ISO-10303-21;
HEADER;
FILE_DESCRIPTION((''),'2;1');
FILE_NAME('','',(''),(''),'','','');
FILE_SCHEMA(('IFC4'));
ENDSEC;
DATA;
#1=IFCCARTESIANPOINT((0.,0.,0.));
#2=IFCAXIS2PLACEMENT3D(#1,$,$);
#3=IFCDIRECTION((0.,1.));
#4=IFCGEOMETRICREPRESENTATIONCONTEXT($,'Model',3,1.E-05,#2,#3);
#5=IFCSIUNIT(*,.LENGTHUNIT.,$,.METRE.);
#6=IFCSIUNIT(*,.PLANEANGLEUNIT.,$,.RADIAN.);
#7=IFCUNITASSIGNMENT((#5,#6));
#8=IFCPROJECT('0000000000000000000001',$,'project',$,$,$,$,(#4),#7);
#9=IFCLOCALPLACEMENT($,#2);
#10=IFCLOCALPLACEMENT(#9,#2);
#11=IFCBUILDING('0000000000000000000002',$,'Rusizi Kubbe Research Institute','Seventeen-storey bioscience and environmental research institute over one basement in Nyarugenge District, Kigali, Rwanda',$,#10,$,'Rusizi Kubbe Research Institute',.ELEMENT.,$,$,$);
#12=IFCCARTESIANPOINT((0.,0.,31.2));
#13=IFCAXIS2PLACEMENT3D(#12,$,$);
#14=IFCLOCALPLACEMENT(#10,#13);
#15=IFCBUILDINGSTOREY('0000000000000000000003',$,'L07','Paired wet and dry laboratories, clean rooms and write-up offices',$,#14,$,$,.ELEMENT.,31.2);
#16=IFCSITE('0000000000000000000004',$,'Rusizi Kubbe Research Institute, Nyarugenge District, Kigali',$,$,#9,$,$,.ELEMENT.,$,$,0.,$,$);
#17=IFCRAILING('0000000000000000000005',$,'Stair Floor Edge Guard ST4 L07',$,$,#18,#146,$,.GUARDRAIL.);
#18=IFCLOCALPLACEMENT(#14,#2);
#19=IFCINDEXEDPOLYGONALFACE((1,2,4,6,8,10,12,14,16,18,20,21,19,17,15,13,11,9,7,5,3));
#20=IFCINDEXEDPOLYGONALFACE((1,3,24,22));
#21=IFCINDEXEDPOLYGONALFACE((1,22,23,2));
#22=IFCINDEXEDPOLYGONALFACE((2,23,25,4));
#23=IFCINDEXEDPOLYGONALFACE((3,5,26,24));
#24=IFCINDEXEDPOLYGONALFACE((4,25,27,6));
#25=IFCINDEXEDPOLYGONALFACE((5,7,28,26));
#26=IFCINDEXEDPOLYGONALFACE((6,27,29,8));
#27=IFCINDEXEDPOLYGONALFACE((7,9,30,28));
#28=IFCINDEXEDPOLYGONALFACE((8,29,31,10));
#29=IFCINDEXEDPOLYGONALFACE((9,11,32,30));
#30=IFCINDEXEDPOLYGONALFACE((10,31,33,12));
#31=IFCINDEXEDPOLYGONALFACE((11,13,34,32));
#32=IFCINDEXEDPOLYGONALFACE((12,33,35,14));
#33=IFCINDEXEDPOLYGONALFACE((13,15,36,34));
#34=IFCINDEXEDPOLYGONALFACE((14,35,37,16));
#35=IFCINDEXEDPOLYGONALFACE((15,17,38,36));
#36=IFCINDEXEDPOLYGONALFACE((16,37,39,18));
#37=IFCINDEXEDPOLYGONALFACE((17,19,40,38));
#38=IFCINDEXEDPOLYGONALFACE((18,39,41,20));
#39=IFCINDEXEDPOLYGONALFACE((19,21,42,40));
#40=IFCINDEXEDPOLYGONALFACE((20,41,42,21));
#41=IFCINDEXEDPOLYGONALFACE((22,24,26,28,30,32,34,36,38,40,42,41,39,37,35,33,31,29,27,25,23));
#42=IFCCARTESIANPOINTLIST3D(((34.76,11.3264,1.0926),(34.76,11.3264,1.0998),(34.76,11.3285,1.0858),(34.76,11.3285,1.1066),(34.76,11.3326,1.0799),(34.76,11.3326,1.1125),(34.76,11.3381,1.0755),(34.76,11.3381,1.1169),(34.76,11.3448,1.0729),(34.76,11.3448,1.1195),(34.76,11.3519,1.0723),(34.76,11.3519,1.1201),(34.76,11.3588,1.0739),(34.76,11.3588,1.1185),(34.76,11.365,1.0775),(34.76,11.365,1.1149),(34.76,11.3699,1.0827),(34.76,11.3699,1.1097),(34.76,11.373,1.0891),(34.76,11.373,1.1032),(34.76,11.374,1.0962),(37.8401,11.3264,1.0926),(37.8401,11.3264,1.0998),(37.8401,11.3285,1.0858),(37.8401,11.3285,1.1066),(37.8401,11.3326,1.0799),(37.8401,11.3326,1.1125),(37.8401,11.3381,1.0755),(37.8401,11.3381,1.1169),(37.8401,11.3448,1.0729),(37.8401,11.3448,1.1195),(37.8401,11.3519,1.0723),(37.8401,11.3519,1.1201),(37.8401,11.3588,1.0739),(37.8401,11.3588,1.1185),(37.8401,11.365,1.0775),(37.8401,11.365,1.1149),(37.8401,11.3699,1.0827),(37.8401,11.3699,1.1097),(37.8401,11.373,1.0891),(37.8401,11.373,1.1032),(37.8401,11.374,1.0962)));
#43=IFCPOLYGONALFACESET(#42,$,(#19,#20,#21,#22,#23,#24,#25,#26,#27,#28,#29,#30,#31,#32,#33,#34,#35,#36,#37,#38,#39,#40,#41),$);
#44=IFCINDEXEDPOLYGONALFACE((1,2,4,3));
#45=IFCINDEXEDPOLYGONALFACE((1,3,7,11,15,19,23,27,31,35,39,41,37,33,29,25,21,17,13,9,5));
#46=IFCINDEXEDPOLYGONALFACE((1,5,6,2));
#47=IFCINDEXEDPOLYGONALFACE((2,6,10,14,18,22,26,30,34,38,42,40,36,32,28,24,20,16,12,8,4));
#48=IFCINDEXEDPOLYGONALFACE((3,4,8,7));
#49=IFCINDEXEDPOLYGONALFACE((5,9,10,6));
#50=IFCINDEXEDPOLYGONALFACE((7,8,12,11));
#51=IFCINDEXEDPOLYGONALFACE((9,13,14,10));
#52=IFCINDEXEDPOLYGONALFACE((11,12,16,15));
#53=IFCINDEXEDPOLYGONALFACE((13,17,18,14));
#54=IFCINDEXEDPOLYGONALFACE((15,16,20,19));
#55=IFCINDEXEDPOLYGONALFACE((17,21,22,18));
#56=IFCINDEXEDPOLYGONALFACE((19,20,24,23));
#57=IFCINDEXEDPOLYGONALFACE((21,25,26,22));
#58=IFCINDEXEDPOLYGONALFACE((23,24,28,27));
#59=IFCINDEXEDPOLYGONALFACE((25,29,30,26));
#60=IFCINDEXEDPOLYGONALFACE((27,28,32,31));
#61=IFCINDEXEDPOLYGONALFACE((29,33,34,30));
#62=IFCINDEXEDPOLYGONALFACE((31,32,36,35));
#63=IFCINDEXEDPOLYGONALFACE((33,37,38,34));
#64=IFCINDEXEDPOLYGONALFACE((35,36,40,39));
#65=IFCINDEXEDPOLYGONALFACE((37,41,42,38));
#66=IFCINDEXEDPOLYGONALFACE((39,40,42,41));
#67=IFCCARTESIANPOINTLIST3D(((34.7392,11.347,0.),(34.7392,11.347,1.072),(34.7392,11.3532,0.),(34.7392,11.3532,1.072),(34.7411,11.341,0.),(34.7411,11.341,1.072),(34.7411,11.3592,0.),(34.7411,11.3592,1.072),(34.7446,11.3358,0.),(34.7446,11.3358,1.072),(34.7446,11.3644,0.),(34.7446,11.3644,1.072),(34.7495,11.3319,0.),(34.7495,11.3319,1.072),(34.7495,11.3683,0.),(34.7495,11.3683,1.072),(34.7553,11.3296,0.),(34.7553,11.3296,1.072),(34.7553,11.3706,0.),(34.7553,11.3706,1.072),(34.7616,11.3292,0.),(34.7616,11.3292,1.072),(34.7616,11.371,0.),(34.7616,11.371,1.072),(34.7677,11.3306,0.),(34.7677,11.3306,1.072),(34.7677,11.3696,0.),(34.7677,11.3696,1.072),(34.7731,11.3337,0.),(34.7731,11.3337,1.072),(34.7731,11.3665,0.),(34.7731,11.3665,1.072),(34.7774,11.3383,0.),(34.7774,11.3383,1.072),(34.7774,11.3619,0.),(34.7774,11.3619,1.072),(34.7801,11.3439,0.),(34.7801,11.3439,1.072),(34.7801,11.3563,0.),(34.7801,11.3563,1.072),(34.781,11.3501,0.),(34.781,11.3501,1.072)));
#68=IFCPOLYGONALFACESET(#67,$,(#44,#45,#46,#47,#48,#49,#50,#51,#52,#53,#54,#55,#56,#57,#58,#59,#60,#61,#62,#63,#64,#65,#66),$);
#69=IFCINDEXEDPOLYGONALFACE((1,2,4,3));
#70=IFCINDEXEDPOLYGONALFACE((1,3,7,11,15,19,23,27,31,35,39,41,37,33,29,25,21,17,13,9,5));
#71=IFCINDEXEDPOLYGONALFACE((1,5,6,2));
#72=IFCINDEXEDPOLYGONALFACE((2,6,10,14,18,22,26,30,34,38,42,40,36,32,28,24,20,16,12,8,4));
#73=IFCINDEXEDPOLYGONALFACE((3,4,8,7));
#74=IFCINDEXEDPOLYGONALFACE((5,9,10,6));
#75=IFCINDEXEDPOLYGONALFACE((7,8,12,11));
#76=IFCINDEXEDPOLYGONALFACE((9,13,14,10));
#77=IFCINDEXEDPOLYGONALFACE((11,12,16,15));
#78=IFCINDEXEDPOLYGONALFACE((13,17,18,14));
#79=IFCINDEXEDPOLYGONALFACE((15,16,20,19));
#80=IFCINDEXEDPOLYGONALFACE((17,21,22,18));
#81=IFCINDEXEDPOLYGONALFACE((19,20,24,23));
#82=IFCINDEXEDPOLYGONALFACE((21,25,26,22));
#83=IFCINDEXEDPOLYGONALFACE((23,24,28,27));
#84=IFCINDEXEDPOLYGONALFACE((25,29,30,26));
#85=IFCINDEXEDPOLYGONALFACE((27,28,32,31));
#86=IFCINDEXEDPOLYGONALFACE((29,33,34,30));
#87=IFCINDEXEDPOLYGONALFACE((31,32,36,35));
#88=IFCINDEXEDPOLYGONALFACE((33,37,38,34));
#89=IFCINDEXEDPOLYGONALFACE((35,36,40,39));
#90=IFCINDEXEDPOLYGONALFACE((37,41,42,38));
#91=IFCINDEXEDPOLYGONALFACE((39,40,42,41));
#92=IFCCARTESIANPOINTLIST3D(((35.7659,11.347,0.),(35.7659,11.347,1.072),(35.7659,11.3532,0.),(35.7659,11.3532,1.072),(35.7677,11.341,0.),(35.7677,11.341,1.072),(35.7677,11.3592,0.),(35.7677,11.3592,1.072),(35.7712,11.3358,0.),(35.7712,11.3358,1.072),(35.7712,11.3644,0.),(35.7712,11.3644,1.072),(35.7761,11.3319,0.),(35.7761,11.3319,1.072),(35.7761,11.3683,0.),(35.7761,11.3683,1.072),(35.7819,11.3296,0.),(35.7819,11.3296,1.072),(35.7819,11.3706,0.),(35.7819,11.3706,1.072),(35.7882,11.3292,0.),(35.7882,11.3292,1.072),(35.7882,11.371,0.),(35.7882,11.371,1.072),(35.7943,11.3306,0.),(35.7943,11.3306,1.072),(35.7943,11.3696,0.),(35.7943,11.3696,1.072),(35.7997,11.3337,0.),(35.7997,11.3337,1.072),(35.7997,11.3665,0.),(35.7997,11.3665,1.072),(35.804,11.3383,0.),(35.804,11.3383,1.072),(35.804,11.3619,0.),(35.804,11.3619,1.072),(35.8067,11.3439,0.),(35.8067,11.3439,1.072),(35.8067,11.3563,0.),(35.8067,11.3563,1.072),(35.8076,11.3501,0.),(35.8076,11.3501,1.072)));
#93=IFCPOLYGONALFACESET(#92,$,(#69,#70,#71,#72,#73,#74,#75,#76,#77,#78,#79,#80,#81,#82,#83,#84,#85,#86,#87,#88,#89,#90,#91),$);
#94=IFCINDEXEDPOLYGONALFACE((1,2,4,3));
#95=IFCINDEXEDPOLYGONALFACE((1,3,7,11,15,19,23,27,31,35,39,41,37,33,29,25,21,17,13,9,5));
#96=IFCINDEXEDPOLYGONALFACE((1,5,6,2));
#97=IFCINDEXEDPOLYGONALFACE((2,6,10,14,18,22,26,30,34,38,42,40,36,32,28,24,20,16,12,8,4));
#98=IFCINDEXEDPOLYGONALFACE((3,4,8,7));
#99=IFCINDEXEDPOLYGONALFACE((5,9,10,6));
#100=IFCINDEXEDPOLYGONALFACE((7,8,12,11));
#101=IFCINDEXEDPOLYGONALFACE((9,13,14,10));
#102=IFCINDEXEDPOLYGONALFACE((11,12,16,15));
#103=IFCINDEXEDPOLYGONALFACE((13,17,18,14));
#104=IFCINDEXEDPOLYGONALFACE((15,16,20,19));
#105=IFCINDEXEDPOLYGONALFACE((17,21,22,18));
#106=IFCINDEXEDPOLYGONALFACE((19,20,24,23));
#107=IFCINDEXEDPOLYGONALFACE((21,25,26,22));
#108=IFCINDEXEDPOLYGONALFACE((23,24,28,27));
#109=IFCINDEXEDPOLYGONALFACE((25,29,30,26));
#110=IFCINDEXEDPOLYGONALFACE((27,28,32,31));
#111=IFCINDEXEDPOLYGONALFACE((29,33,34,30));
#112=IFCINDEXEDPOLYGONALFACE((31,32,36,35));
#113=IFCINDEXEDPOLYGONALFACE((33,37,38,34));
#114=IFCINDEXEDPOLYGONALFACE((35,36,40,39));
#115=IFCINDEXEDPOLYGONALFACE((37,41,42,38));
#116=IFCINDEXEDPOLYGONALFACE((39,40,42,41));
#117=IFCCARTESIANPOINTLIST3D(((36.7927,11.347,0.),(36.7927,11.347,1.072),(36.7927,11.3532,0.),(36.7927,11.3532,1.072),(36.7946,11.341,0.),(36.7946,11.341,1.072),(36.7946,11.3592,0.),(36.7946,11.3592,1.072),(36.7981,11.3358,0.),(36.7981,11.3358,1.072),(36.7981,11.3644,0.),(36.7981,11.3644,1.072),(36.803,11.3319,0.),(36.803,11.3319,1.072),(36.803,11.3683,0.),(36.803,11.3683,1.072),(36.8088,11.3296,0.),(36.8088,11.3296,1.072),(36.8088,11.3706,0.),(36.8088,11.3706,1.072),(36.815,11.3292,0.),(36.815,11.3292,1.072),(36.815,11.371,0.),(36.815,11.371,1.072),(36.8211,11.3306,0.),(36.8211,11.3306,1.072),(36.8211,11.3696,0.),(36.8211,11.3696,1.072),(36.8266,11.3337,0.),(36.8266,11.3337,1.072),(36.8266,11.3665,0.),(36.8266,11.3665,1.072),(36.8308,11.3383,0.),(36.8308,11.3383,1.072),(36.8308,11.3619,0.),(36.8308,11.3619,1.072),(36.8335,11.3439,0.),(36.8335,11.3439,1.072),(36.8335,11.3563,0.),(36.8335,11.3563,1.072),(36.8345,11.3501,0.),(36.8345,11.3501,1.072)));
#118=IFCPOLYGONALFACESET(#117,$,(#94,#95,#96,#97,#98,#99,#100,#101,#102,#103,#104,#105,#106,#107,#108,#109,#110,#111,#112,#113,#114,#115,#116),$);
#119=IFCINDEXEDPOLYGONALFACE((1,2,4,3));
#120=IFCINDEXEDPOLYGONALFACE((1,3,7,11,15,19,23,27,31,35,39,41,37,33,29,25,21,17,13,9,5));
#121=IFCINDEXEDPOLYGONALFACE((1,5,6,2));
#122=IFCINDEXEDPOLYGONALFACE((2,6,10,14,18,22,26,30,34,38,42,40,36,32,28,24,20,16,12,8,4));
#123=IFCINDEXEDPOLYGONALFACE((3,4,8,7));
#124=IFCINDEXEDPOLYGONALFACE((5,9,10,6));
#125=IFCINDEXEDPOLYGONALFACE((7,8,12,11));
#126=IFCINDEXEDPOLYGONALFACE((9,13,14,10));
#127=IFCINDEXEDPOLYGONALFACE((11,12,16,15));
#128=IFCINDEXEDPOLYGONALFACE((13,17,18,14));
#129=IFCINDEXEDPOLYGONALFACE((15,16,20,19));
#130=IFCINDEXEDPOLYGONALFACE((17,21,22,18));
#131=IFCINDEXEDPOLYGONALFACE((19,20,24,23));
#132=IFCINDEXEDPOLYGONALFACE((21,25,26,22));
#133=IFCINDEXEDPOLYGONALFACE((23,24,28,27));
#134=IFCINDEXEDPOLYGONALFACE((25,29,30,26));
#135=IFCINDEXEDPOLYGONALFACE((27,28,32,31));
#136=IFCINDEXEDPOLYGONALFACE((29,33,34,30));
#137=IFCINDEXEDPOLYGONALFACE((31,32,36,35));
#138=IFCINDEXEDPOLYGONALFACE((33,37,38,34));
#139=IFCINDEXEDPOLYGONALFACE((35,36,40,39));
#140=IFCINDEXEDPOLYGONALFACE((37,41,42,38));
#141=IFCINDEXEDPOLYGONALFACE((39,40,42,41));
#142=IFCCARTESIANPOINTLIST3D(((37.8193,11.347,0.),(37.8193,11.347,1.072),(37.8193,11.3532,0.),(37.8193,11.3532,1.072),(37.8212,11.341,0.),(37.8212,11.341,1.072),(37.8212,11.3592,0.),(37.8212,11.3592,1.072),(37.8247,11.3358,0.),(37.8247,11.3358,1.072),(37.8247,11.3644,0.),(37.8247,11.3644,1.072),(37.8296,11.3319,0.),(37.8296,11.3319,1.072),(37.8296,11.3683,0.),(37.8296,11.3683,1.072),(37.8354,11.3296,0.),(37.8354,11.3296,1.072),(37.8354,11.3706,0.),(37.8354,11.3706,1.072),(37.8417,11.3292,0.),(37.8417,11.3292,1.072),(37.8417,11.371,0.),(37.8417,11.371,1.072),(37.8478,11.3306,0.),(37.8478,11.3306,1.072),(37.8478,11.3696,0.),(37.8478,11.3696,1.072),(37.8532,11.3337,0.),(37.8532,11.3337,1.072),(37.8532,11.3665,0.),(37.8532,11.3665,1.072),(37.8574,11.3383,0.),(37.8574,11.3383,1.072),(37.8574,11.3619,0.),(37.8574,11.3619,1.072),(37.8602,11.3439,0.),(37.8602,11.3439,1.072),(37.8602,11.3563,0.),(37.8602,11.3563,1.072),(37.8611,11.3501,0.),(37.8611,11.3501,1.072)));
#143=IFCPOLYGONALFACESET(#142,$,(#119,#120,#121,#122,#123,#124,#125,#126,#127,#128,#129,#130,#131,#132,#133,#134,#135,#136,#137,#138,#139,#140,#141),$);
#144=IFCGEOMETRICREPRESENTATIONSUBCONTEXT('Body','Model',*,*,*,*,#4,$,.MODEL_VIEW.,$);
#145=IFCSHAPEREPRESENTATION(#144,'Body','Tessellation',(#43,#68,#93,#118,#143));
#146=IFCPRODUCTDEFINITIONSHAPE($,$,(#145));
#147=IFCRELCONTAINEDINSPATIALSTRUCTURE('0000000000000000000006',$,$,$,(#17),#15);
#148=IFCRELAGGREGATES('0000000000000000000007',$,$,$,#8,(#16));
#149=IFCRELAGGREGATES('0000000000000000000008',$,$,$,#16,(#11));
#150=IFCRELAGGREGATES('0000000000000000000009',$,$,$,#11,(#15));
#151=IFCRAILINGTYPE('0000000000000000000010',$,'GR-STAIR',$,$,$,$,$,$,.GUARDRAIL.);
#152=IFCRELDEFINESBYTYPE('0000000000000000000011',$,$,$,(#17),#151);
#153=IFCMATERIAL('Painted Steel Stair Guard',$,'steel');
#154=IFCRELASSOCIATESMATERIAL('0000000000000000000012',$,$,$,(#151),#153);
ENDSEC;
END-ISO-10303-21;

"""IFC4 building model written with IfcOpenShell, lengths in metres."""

from ifc_helpers import new_model, si_unit, direction, frame, origin, origin_2d, place, context, subcontext, project, spatial, circle, extrude, material, type_object, element, save


model = new_model("IFC4")

# Units and contexts
model_context = context("Model", 3, precision=1e-05, world=origin(), true_north=direction((0.0, 1.0)))
body_context = subcontext(model_context, "Body", "Model", "MODEL_VIEW")
ifc_project = project(units=[si_unit("LENGTHUNIT", "METRE"), si_unit("PLANEANGLEUNIT", "RADIAN")], contexts=[model_context])

# Site, building, storey
site_placement = place(None, origin())
site = spatial("IfcSite", under=ifc_project, at=site_placement, Name="Rusizi Kubbe Research Institute, Nyarugenge District, Kigali", CompositionType="ELEMENT", RefElevation=0.0)
building_placement = place(site_placement, origin())
building = spatial("IfcBuilding", under=site, at=building_placement, Name="Rusizi Kubbe Research Institute", Description="Seventeen-storey bioscience and environmental research institute over one basement in Nyarugenge District, Kigali, Rwanda", LongName="Rusizi Kubbe Research Institute", CompositionType="ELEMENT")
storey_placement = place(building_placement, frame((0.0, 0.0, 31.2)))
storey = spatial("IfcBuildingStorey", under=building, at=storey_placement, Name="L07", Description="Paired wet and dry laboratories, clean rooms and write-up offices", CompositionType="ELEMENT", Elevation=31.2)

# Railing
ifc_material_1 = material(Name="Painted Steel Stair Guard", Category="steel")
railing_type_1 = type_object("IfcRailingType", Name="GR-STAIR", PredefinedType="GUARDRAIL", material=ifc_material_1)
railing_1_placement = place(storey_placement, frame((34.76, 11.3501, 0.0)))
element("IfcRailing", 1, at=railing_1_placement, inside=storey, type_object=railing_type_1, Name="Stair Floor Edge Guard ST4 L07", PredefinedType="GUARDRAIL", context=body_context, shape_type="SweptSolid", body=[
    extrude(circle(Radius=0.0239, at=origin_2d()), frame((0.0, 0.0, 1.0962), z_axis=(1.0, 0.0, 0.0), x_axis=(0.0, 1.0, 0.0)), (0.0, 0.0, 1.0), 3.0801),
    extrude(circle(Radius=0.021, at=origin_2d()), origin(), (0.0, 0.0, 1.0), 1.072),
    extrude(circle(Radius=0.021, at=origin_2d()), frame((1.0266, 0.0, 0.0)), (0.0, 0.0, 1.0), 1.072),
    extrude(circle(Radius=0.021, at=origin_2d()), frame((2.0535, 0.0, 0.0)), (0.0, 0.0, 1.0), 1.072),
    extrude(circle(Radius=0.021, at=origin_2d()), frame((3.0801, 0.0, 0.0)), (0.0, 0.0, 1.0), 1.072),
])

save(model, "model.ifc")
